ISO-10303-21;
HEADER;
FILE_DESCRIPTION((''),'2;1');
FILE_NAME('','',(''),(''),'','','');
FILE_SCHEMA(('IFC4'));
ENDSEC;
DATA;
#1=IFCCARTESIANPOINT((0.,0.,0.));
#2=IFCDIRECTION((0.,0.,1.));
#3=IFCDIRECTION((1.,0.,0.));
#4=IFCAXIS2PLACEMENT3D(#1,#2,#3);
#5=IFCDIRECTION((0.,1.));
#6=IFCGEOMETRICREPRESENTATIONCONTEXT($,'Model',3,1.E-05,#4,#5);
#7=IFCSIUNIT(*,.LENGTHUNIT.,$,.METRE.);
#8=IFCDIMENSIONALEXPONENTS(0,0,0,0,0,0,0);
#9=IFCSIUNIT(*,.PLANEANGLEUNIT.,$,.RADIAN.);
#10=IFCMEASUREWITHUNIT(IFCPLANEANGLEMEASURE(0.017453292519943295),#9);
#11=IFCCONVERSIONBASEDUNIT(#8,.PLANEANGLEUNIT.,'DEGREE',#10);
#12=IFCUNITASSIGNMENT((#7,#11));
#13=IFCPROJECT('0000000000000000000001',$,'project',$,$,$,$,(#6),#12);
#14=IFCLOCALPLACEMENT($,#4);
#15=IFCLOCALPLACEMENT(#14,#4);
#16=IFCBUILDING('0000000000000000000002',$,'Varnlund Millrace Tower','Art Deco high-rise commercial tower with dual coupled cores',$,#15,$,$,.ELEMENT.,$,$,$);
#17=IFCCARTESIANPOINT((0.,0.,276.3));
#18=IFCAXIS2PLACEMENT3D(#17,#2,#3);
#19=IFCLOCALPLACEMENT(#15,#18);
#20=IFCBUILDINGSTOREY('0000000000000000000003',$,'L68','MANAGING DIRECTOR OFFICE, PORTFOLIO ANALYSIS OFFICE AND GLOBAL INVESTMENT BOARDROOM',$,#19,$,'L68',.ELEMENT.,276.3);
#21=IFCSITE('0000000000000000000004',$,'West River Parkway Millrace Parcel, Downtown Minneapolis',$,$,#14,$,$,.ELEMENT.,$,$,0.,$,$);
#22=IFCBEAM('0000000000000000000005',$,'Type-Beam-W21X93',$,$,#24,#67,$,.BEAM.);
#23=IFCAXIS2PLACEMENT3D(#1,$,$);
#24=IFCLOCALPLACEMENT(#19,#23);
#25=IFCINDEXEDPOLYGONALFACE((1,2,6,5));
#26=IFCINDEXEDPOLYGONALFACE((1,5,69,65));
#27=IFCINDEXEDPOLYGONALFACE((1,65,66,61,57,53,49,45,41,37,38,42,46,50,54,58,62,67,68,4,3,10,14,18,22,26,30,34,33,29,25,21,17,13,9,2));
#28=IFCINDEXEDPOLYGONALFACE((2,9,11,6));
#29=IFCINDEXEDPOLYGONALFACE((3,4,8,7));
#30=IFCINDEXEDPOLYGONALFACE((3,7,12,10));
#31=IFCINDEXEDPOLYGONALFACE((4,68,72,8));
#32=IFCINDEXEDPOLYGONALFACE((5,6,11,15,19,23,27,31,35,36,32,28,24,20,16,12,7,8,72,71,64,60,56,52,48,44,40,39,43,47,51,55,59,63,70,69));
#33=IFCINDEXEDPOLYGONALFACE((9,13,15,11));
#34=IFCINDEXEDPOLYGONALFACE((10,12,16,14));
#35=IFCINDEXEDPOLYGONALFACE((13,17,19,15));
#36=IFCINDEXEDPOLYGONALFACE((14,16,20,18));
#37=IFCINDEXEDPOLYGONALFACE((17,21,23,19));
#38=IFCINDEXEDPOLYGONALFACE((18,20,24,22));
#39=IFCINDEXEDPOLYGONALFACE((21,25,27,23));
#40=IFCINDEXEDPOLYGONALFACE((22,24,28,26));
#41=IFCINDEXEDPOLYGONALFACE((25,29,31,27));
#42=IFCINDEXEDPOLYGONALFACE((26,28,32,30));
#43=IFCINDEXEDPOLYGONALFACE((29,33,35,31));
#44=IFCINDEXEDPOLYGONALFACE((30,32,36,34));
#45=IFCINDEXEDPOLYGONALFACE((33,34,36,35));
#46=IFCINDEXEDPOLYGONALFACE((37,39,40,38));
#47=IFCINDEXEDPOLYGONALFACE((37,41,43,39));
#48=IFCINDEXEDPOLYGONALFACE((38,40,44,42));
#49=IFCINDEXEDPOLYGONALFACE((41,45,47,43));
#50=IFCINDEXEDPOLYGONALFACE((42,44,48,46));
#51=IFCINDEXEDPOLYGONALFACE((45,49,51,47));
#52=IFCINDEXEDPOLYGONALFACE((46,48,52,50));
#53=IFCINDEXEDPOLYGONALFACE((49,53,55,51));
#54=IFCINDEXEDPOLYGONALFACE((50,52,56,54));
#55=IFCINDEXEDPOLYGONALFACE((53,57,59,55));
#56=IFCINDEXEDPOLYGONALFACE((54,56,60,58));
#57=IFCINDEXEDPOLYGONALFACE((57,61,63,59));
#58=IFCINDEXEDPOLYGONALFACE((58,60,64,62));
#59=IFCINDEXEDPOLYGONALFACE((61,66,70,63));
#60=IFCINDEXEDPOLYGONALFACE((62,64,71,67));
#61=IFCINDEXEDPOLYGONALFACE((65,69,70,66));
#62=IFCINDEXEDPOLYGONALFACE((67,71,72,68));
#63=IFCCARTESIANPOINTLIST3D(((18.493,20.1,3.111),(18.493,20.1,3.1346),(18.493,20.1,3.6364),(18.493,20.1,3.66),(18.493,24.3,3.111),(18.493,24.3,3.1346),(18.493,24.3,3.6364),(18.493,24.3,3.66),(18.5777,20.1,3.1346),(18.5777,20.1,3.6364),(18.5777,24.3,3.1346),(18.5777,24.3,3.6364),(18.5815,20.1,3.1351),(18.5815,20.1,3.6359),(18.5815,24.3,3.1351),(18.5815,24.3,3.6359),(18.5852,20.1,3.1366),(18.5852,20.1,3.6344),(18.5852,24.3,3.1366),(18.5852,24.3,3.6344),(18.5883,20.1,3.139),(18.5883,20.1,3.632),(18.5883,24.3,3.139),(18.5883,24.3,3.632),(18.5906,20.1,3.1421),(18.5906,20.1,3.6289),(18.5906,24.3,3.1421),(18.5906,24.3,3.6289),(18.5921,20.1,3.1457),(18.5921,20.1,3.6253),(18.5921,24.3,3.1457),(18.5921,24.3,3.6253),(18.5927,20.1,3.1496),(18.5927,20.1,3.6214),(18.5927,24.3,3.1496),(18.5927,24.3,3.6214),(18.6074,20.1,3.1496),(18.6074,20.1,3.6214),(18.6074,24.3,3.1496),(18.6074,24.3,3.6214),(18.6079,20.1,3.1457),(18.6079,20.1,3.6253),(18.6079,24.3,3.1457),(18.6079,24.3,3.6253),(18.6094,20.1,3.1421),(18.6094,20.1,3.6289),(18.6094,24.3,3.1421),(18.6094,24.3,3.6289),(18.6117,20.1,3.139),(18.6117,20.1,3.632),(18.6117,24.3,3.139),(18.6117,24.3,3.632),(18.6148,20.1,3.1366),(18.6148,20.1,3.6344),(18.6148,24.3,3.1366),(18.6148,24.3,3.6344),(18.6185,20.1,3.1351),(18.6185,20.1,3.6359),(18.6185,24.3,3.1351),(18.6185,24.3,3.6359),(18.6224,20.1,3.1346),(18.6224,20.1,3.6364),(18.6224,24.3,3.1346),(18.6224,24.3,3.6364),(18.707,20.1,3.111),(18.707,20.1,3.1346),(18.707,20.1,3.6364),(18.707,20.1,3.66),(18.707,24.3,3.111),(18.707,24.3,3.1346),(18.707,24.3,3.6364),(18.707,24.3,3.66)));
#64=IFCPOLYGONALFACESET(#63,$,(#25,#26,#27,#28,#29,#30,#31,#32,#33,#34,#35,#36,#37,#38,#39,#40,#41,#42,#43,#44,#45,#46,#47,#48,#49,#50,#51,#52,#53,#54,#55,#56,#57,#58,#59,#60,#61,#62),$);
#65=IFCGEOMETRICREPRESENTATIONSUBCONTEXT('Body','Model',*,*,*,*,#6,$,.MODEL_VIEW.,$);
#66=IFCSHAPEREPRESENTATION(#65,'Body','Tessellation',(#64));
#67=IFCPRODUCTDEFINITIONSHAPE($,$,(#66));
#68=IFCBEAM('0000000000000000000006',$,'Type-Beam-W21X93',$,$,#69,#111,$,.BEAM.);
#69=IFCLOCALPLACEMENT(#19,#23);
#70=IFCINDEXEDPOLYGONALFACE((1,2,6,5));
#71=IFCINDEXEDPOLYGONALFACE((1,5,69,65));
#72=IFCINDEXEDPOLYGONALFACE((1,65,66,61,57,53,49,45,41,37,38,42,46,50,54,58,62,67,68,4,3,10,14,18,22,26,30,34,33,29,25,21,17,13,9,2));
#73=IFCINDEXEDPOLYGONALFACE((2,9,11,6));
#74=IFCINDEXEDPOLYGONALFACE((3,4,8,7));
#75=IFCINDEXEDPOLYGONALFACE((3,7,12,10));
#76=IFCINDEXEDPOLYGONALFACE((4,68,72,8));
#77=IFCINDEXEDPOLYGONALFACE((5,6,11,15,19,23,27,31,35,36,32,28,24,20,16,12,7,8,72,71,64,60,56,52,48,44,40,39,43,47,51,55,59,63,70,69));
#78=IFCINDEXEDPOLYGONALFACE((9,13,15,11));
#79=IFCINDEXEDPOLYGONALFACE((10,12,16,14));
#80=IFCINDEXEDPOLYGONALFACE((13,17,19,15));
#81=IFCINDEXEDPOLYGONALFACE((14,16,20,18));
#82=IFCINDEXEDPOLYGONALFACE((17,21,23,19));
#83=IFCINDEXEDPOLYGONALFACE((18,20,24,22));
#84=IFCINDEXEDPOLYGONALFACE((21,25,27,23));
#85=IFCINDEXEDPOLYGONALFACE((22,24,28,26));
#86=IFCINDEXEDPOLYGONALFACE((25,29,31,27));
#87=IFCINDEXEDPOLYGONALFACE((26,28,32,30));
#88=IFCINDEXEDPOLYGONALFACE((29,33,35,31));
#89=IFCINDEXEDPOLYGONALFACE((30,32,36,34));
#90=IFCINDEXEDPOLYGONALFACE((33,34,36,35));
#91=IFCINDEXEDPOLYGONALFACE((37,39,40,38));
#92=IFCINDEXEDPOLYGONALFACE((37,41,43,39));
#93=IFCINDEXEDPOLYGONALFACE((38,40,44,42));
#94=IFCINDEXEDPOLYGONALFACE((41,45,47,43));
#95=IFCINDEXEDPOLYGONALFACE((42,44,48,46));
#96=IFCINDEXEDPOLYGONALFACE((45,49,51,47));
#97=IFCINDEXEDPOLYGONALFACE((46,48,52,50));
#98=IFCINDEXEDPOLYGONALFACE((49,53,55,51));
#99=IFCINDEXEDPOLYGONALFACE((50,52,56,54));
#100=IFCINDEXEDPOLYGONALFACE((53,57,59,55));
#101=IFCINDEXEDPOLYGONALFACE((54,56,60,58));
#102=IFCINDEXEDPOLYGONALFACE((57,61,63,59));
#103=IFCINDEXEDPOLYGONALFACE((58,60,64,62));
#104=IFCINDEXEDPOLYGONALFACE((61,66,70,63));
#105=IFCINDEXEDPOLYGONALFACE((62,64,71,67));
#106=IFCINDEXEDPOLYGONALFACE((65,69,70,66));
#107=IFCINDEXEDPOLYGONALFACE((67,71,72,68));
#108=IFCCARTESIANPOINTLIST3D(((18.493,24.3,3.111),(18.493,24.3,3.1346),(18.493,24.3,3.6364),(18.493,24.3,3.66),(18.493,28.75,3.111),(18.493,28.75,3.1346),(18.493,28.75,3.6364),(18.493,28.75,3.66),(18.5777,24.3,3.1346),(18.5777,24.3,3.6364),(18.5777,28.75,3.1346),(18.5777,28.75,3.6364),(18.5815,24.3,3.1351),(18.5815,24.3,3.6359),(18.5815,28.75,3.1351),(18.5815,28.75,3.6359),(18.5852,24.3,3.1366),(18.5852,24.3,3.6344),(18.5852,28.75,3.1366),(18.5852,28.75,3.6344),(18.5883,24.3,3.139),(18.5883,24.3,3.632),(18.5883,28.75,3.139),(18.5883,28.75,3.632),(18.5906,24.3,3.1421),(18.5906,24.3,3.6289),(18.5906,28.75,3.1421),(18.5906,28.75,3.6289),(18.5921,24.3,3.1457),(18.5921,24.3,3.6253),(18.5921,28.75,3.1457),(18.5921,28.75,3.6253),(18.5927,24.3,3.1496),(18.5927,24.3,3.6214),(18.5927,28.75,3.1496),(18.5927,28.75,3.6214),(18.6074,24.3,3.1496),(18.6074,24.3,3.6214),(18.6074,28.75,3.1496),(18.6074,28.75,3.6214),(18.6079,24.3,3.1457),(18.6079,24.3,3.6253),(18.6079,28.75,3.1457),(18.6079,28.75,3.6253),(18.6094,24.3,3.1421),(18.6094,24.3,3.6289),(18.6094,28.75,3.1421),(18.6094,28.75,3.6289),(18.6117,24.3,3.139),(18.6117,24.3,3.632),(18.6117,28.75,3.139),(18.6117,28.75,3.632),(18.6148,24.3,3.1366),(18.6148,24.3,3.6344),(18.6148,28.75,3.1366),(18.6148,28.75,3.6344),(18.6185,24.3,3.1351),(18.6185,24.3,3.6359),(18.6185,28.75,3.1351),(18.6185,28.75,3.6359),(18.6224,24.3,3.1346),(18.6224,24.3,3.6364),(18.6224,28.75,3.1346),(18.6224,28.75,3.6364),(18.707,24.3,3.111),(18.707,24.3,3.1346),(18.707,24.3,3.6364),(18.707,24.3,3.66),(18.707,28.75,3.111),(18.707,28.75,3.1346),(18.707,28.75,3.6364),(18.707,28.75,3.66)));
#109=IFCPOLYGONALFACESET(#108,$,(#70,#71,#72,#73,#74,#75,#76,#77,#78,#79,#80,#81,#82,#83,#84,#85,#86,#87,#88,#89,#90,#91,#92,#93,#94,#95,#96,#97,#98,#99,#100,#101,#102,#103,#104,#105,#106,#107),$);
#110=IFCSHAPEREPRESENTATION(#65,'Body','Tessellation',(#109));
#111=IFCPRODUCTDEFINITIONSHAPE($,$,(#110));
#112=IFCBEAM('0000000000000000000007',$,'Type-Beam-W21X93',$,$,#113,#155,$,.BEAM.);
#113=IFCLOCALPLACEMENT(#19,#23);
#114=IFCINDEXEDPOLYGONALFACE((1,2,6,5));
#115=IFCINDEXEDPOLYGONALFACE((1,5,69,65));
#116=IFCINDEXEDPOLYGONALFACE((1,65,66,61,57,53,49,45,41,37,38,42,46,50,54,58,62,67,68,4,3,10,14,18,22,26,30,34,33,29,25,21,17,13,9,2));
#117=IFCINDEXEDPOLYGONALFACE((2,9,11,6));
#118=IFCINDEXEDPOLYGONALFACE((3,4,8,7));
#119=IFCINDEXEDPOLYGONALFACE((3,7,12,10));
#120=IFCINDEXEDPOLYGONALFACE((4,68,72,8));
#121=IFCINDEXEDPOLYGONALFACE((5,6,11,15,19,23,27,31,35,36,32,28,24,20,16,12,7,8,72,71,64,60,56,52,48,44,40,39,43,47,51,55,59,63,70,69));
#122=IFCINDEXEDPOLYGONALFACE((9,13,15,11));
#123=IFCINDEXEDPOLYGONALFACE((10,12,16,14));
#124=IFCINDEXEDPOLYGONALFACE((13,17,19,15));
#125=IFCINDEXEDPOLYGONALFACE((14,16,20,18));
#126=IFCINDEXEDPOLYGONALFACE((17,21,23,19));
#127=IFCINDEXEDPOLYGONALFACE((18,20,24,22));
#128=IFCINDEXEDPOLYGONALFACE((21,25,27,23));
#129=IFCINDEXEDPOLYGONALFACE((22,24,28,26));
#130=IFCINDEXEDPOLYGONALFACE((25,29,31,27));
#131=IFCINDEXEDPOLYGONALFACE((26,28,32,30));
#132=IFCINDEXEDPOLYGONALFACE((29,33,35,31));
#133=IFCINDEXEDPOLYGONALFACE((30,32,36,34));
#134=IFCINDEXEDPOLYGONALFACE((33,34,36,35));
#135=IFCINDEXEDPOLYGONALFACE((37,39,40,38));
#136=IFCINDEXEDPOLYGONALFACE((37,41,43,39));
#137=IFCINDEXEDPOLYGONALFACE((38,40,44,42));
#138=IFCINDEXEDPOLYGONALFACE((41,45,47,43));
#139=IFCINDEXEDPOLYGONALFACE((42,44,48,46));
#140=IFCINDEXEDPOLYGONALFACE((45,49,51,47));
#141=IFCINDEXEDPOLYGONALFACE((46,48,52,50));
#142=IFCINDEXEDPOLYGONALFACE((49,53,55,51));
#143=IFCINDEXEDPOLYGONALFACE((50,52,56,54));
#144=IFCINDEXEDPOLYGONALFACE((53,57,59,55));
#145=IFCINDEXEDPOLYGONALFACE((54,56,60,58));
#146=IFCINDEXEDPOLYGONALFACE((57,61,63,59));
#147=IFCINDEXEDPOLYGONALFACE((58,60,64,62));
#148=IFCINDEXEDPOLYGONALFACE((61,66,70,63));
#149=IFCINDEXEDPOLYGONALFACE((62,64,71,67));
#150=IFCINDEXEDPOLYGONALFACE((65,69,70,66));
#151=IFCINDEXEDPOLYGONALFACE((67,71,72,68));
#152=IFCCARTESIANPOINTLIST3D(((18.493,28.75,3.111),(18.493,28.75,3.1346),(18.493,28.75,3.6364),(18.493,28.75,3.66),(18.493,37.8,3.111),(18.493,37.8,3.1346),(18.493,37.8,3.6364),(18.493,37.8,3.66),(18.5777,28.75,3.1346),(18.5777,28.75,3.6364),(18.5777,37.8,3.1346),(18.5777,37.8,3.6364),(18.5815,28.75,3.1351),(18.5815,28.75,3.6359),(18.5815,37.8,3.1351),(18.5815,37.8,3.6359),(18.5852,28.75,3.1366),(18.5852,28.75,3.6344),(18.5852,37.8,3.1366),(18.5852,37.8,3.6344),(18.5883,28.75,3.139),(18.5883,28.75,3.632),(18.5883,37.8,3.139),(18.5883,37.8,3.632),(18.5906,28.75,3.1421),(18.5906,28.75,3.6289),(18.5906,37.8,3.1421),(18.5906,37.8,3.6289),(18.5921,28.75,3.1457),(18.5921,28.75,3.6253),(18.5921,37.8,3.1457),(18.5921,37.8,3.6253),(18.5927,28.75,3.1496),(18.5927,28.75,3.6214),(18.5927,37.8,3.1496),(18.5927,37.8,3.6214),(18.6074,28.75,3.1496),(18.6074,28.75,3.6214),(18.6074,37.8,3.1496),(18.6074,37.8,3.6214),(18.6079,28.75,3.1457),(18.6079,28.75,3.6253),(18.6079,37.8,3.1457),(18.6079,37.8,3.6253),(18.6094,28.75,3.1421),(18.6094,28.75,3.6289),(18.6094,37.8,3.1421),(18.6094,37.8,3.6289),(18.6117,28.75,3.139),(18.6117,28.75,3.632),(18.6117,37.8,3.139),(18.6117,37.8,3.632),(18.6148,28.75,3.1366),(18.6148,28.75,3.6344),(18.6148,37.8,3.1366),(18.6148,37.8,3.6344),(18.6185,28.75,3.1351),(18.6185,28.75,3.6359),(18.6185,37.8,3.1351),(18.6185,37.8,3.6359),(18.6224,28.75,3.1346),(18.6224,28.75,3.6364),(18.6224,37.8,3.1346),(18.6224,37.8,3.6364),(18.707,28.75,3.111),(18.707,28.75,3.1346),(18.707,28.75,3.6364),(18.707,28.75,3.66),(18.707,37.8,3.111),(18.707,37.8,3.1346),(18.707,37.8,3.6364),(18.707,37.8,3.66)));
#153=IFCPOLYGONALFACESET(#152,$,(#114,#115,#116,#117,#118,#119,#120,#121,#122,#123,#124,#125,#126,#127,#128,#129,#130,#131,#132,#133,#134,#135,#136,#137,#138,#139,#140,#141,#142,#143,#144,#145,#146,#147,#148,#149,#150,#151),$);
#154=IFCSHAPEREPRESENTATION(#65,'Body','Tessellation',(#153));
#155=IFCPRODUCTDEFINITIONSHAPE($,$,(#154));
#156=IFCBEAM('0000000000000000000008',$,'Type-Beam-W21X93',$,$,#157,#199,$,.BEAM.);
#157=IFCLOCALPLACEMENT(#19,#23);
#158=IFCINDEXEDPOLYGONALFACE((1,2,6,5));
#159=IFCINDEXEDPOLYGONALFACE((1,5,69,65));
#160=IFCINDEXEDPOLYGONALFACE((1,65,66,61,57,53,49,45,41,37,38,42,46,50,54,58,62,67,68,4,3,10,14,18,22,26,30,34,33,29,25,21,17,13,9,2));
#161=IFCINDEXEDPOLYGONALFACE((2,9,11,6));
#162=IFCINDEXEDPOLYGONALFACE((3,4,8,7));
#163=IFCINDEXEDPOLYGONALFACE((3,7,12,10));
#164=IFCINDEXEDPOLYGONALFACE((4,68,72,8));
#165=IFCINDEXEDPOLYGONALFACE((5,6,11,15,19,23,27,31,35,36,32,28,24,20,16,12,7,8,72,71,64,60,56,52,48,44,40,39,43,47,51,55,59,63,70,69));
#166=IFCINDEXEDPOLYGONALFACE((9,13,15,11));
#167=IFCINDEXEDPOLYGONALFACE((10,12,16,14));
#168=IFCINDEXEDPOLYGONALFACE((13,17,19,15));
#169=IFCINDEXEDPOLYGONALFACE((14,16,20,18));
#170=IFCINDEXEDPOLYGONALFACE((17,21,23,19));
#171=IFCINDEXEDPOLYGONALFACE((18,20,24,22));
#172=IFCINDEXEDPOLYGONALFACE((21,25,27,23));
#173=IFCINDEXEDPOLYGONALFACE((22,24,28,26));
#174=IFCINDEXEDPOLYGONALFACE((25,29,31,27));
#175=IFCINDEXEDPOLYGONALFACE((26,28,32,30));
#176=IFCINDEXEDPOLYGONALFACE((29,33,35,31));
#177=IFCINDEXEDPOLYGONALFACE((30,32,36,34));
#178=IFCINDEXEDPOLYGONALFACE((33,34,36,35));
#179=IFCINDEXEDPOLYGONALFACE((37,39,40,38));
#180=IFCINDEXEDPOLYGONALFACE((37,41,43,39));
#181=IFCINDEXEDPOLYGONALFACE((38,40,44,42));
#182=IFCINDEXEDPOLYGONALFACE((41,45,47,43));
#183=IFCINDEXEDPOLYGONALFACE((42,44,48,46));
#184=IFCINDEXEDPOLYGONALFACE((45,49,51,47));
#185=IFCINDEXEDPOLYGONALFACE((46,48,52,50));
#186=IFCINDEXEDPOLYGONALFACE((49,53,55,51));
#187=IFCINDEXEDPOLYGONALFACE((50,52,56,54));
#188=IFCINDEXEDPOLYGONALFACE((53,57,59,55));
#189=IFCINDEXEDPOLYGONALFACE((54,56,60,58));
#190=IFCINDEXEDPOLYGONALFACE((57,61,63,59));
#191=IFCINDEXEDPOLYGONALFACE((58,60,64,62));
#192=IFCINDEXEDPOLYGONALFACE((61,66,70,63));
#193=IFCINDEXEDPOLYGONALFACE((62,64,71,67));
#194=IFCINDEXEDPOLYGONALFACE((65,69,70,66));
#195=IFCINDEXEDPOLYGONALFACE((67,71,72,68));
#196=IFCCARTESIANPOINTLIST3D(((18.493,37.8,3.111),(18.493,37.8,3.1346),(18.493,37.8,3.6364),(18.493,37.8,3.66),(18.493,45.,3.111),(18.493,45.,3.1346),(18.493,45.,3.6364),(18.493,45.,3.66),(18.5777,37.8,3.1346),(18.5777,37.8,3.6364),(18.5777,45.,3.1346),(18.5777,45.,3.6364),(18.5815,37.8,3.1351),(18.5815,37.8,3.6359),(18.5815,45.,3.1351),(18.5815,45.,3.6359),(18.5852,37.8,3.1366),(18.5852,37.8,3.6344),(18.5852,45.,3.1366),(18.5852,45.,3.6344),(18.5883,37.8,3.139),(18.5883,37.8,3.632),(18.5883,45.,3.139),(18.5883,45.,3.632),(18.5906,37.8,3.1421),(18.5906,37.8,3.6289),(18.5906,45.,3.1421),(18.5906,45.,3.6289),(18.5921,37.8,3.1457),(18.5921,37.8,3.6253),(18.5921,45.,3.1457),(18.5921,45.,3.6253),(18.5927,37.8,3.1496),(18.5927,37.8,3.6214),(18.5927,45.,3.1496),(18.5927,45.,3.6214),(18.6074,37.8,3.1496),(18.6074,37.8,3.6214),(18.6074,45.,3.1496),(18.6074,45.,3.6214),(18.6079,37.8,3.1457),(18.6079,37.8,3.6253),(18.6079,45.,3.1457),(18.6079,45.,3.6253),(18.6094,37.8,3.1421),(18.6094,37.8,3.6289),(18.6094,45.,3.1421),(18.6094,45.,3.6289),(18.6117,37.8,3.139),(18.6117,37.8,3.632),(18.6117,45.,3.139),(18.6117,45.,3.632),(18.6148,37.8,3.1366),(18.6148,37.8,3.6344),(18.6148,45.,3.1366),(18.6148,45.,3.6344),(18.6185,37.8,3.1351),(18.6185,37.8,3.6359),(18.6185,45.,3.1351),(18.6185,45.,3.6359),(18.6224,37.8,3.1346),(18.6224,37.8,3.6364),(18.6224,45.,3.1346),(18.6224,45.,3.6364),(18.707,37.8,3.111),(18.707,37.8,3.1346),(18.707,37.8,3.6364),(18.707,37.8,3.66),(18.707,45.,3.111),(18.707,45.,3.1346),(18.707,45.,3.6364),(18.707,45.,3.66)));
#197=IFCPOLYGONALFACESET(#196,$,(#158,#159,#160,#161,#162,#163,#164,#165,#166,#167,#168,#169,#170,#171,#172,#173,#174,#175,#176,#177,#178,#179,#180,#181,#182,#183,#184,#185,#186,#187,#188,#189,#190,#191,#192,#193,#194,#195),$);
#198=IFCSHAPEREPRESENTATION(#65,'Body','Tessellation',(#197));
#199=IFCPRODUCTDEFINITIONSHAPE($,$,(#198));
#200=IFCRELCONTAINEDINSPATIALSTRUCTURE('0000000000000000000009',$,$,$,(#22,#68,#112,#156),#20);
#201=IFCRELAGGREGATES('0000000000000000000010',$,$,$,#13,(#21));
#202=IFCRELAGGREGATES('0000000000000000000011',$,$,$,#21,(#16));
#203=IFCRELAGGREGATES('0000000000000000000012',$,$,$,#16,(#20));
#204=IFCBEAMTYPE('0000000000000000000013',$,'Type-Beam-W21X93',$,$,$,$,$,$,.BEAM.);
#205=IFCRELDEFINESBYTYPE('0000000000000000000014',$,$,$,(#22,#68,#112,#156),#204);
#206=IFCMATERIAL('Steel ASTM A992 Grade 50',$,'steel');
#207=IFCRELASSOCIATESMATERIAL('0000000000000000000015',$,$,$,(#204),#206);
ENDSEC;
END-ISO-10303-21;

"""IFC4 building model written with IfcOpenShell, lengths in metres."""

from ifc_helpers import new_model, entity, si_unit, converted_unit, direction, frame, origin_with_axes, origin_2d_with_axis, place, context, subcontext, project, spatial, i_section, extrude, material, material_profile, profile_set, type_object, element, save


model = new_model("IFC4")

# Units and contexts
model_context = context("Model", 3, precision=1e-05, world=origin_with_axes(), true_north=direction((0.0, 1.0)))
body_context = subcontext(model_context, "Body", "Model", "MODEL_VIEW")
ifc_project = project(units=[si_unit("LENGTHUNIT", "METRE"), converted_unit("PLANEANGLEUNIT", "DEGREE", entity("IfcPlaneAngleMeasure", 0.017453292519943295), si_unit("PLANEANGLEUNIT", "RADIAN"), dimensions=[0, 0, 0, 0, 0, 0, 0])], contexts=[model_context])

# Site, building, storey
site_placement = place(None, origin_with_axes())
site = spatial("IfcSite", under=ifc_project, at=site_placement, Name="West River Parkway Millrace Parcel, Downtown Minneapolis", CompositionType="ELEMENT", RefElevation=0.0)
building_placement = place(site_placement, origin_with_axes())
building = spatial("IfcBuilding", under=site, at=building_placement, Name="Varnlund Millrace Tower", Description="Art Deco high-rise commercial tower with dual coupled cores", CompositionType="ELEMENT")
storey_placement = place(building_placement, frame((0.0, 0.0, 276.3), z_axis=(0.0, 0.0, 1.0), x_axis=(1.0, 0.0, 0.0)))
storey = spatial("IfcBuildingStorey", under=building, at=storey_placement, Name="L68", Description="MANAGING DIRECTOR OFFICE, PORTFOLIO ANALYSIS OFFICE AND GLOBAL INVESTMENT BOARDROOM", LongName="L68", CompositionType="ELEMENT", Elevation=276.3)

# Beams
ifc_material_1 = material(Name="Steel ASTM A992 Grade 50", Category="steel")
ifc_material_profile_1 = material_profile(ifc_material_1, i_section(OverallWidth=0.214, OverallDepth=0.549, WebThickness=0.0147, FlangeThickness=0.0236, FilletRadius=0.015, at=origin_2d_with_axis()), Name="Steel ASTM A992 Grade 50")
ifc_profile_set_1 = profile_set([ifc_material_profile_1], Name="Steel ASTM A992 Grade 50")
beam_type_1 = type_object("IfcBeamType", Name="Type-Beam-W21X93", PredefinedType="BEAM", material=ifc_profile_set_1)
beam_1_placement = place(storey_placement, frame((18.6, 20.1, 3.3855), z_axis=(0.0, 1.0, 0.0), x_axis=(-1.0, 0.0, 0.0)))
element("IfcBeam", 1, at=beam_1_placement, inside=storey, type_object=beam_type_1, Name="Type-Beam-W21X93", PredefinedType="BEAM", context=body_context, shape_type="SweptSolid", body=[
    extrude(i_section(OverallWidth=0.214, OverallDepth=0.549, WebThickness=0.0147, FlangeThickness=0.0236, FilletRadius=0.015, at=origin_2d_with_axis()), origin_with_axes(), (0.0, 0.0, 1.0), 4.2),
])
beam_2_placement = place(storey_placement, frame((18.6, 24.3, 3.3855), z_axis=(0.0, 1.0, 0.0), x_axis=(-1.0, 0.0, 0.0)))
element("IfcBeam", 2, at=beam_2_placement, inside=storey, type_object=beam_type_1, Name="Type-Beam-W21X93", PredefinedType="BEAM", context=body_context, shape_type="SweptSolid", body=[
    extrude(i_section(OverallWidth=0.214, OverallDepth=0.549, WebThickness=0.0147, FlangeThickness=0.0236, FilletRadius=0.015, at=origin_2d_with_axis()), origin_with_axes(), (0.0, 0.0, 1.0), 4.45),
])
beam_3_placement = place(storey_placement, frame((18.6, 28.75, 3.3855), z_axis=(0.0, 1.0, 0.0), x_axis=(-1.0, 0.0, 0.0)))
element("IfcBeam", 3, at=beam_3_placement, inside=storey, type_object=beam_type_1, Name="Type-Beam-W21X93", PredefinedType="BEAM", context=body_context, shape_type="SweptSolid", body=[
    extrude(i_section(OverallWidth=0.214, OverallDepth=0.549, WebThickness=0.0147, FlangeThickness=0.0236, FilletRadius=0.015, at=origin_2d_with_axis()), origin_with_axes(), (0.0, 0.0, 1.0), 9.05),
])
beam_4_placement = place(storey_placement, frame((18.6, 37.8, 3.3855), z_axis=(0.0, 1.0, 0.0), x_axis=(-1.0, 0.0, 0.0)))
element("IfcBeam", 4, at=beam_4_placement, inside=storey, type_object=beam_type_1, Name="Type-Beam-W21X93", PredefinedType="BEAM", context=body_context, shape_type="SweptSolid", body=[
    extrude(i_section(OverallWidth=0.214, OverallDepth=0.549, WebThickness=0.0147, FlangeThickness=0.0236, FilletRadius=0.015, at=origin_2d_with_axis()), origin_with_axes(), (0.0, 0.0, 1.0), 7.2),
])

save(model, "model.ifc")
